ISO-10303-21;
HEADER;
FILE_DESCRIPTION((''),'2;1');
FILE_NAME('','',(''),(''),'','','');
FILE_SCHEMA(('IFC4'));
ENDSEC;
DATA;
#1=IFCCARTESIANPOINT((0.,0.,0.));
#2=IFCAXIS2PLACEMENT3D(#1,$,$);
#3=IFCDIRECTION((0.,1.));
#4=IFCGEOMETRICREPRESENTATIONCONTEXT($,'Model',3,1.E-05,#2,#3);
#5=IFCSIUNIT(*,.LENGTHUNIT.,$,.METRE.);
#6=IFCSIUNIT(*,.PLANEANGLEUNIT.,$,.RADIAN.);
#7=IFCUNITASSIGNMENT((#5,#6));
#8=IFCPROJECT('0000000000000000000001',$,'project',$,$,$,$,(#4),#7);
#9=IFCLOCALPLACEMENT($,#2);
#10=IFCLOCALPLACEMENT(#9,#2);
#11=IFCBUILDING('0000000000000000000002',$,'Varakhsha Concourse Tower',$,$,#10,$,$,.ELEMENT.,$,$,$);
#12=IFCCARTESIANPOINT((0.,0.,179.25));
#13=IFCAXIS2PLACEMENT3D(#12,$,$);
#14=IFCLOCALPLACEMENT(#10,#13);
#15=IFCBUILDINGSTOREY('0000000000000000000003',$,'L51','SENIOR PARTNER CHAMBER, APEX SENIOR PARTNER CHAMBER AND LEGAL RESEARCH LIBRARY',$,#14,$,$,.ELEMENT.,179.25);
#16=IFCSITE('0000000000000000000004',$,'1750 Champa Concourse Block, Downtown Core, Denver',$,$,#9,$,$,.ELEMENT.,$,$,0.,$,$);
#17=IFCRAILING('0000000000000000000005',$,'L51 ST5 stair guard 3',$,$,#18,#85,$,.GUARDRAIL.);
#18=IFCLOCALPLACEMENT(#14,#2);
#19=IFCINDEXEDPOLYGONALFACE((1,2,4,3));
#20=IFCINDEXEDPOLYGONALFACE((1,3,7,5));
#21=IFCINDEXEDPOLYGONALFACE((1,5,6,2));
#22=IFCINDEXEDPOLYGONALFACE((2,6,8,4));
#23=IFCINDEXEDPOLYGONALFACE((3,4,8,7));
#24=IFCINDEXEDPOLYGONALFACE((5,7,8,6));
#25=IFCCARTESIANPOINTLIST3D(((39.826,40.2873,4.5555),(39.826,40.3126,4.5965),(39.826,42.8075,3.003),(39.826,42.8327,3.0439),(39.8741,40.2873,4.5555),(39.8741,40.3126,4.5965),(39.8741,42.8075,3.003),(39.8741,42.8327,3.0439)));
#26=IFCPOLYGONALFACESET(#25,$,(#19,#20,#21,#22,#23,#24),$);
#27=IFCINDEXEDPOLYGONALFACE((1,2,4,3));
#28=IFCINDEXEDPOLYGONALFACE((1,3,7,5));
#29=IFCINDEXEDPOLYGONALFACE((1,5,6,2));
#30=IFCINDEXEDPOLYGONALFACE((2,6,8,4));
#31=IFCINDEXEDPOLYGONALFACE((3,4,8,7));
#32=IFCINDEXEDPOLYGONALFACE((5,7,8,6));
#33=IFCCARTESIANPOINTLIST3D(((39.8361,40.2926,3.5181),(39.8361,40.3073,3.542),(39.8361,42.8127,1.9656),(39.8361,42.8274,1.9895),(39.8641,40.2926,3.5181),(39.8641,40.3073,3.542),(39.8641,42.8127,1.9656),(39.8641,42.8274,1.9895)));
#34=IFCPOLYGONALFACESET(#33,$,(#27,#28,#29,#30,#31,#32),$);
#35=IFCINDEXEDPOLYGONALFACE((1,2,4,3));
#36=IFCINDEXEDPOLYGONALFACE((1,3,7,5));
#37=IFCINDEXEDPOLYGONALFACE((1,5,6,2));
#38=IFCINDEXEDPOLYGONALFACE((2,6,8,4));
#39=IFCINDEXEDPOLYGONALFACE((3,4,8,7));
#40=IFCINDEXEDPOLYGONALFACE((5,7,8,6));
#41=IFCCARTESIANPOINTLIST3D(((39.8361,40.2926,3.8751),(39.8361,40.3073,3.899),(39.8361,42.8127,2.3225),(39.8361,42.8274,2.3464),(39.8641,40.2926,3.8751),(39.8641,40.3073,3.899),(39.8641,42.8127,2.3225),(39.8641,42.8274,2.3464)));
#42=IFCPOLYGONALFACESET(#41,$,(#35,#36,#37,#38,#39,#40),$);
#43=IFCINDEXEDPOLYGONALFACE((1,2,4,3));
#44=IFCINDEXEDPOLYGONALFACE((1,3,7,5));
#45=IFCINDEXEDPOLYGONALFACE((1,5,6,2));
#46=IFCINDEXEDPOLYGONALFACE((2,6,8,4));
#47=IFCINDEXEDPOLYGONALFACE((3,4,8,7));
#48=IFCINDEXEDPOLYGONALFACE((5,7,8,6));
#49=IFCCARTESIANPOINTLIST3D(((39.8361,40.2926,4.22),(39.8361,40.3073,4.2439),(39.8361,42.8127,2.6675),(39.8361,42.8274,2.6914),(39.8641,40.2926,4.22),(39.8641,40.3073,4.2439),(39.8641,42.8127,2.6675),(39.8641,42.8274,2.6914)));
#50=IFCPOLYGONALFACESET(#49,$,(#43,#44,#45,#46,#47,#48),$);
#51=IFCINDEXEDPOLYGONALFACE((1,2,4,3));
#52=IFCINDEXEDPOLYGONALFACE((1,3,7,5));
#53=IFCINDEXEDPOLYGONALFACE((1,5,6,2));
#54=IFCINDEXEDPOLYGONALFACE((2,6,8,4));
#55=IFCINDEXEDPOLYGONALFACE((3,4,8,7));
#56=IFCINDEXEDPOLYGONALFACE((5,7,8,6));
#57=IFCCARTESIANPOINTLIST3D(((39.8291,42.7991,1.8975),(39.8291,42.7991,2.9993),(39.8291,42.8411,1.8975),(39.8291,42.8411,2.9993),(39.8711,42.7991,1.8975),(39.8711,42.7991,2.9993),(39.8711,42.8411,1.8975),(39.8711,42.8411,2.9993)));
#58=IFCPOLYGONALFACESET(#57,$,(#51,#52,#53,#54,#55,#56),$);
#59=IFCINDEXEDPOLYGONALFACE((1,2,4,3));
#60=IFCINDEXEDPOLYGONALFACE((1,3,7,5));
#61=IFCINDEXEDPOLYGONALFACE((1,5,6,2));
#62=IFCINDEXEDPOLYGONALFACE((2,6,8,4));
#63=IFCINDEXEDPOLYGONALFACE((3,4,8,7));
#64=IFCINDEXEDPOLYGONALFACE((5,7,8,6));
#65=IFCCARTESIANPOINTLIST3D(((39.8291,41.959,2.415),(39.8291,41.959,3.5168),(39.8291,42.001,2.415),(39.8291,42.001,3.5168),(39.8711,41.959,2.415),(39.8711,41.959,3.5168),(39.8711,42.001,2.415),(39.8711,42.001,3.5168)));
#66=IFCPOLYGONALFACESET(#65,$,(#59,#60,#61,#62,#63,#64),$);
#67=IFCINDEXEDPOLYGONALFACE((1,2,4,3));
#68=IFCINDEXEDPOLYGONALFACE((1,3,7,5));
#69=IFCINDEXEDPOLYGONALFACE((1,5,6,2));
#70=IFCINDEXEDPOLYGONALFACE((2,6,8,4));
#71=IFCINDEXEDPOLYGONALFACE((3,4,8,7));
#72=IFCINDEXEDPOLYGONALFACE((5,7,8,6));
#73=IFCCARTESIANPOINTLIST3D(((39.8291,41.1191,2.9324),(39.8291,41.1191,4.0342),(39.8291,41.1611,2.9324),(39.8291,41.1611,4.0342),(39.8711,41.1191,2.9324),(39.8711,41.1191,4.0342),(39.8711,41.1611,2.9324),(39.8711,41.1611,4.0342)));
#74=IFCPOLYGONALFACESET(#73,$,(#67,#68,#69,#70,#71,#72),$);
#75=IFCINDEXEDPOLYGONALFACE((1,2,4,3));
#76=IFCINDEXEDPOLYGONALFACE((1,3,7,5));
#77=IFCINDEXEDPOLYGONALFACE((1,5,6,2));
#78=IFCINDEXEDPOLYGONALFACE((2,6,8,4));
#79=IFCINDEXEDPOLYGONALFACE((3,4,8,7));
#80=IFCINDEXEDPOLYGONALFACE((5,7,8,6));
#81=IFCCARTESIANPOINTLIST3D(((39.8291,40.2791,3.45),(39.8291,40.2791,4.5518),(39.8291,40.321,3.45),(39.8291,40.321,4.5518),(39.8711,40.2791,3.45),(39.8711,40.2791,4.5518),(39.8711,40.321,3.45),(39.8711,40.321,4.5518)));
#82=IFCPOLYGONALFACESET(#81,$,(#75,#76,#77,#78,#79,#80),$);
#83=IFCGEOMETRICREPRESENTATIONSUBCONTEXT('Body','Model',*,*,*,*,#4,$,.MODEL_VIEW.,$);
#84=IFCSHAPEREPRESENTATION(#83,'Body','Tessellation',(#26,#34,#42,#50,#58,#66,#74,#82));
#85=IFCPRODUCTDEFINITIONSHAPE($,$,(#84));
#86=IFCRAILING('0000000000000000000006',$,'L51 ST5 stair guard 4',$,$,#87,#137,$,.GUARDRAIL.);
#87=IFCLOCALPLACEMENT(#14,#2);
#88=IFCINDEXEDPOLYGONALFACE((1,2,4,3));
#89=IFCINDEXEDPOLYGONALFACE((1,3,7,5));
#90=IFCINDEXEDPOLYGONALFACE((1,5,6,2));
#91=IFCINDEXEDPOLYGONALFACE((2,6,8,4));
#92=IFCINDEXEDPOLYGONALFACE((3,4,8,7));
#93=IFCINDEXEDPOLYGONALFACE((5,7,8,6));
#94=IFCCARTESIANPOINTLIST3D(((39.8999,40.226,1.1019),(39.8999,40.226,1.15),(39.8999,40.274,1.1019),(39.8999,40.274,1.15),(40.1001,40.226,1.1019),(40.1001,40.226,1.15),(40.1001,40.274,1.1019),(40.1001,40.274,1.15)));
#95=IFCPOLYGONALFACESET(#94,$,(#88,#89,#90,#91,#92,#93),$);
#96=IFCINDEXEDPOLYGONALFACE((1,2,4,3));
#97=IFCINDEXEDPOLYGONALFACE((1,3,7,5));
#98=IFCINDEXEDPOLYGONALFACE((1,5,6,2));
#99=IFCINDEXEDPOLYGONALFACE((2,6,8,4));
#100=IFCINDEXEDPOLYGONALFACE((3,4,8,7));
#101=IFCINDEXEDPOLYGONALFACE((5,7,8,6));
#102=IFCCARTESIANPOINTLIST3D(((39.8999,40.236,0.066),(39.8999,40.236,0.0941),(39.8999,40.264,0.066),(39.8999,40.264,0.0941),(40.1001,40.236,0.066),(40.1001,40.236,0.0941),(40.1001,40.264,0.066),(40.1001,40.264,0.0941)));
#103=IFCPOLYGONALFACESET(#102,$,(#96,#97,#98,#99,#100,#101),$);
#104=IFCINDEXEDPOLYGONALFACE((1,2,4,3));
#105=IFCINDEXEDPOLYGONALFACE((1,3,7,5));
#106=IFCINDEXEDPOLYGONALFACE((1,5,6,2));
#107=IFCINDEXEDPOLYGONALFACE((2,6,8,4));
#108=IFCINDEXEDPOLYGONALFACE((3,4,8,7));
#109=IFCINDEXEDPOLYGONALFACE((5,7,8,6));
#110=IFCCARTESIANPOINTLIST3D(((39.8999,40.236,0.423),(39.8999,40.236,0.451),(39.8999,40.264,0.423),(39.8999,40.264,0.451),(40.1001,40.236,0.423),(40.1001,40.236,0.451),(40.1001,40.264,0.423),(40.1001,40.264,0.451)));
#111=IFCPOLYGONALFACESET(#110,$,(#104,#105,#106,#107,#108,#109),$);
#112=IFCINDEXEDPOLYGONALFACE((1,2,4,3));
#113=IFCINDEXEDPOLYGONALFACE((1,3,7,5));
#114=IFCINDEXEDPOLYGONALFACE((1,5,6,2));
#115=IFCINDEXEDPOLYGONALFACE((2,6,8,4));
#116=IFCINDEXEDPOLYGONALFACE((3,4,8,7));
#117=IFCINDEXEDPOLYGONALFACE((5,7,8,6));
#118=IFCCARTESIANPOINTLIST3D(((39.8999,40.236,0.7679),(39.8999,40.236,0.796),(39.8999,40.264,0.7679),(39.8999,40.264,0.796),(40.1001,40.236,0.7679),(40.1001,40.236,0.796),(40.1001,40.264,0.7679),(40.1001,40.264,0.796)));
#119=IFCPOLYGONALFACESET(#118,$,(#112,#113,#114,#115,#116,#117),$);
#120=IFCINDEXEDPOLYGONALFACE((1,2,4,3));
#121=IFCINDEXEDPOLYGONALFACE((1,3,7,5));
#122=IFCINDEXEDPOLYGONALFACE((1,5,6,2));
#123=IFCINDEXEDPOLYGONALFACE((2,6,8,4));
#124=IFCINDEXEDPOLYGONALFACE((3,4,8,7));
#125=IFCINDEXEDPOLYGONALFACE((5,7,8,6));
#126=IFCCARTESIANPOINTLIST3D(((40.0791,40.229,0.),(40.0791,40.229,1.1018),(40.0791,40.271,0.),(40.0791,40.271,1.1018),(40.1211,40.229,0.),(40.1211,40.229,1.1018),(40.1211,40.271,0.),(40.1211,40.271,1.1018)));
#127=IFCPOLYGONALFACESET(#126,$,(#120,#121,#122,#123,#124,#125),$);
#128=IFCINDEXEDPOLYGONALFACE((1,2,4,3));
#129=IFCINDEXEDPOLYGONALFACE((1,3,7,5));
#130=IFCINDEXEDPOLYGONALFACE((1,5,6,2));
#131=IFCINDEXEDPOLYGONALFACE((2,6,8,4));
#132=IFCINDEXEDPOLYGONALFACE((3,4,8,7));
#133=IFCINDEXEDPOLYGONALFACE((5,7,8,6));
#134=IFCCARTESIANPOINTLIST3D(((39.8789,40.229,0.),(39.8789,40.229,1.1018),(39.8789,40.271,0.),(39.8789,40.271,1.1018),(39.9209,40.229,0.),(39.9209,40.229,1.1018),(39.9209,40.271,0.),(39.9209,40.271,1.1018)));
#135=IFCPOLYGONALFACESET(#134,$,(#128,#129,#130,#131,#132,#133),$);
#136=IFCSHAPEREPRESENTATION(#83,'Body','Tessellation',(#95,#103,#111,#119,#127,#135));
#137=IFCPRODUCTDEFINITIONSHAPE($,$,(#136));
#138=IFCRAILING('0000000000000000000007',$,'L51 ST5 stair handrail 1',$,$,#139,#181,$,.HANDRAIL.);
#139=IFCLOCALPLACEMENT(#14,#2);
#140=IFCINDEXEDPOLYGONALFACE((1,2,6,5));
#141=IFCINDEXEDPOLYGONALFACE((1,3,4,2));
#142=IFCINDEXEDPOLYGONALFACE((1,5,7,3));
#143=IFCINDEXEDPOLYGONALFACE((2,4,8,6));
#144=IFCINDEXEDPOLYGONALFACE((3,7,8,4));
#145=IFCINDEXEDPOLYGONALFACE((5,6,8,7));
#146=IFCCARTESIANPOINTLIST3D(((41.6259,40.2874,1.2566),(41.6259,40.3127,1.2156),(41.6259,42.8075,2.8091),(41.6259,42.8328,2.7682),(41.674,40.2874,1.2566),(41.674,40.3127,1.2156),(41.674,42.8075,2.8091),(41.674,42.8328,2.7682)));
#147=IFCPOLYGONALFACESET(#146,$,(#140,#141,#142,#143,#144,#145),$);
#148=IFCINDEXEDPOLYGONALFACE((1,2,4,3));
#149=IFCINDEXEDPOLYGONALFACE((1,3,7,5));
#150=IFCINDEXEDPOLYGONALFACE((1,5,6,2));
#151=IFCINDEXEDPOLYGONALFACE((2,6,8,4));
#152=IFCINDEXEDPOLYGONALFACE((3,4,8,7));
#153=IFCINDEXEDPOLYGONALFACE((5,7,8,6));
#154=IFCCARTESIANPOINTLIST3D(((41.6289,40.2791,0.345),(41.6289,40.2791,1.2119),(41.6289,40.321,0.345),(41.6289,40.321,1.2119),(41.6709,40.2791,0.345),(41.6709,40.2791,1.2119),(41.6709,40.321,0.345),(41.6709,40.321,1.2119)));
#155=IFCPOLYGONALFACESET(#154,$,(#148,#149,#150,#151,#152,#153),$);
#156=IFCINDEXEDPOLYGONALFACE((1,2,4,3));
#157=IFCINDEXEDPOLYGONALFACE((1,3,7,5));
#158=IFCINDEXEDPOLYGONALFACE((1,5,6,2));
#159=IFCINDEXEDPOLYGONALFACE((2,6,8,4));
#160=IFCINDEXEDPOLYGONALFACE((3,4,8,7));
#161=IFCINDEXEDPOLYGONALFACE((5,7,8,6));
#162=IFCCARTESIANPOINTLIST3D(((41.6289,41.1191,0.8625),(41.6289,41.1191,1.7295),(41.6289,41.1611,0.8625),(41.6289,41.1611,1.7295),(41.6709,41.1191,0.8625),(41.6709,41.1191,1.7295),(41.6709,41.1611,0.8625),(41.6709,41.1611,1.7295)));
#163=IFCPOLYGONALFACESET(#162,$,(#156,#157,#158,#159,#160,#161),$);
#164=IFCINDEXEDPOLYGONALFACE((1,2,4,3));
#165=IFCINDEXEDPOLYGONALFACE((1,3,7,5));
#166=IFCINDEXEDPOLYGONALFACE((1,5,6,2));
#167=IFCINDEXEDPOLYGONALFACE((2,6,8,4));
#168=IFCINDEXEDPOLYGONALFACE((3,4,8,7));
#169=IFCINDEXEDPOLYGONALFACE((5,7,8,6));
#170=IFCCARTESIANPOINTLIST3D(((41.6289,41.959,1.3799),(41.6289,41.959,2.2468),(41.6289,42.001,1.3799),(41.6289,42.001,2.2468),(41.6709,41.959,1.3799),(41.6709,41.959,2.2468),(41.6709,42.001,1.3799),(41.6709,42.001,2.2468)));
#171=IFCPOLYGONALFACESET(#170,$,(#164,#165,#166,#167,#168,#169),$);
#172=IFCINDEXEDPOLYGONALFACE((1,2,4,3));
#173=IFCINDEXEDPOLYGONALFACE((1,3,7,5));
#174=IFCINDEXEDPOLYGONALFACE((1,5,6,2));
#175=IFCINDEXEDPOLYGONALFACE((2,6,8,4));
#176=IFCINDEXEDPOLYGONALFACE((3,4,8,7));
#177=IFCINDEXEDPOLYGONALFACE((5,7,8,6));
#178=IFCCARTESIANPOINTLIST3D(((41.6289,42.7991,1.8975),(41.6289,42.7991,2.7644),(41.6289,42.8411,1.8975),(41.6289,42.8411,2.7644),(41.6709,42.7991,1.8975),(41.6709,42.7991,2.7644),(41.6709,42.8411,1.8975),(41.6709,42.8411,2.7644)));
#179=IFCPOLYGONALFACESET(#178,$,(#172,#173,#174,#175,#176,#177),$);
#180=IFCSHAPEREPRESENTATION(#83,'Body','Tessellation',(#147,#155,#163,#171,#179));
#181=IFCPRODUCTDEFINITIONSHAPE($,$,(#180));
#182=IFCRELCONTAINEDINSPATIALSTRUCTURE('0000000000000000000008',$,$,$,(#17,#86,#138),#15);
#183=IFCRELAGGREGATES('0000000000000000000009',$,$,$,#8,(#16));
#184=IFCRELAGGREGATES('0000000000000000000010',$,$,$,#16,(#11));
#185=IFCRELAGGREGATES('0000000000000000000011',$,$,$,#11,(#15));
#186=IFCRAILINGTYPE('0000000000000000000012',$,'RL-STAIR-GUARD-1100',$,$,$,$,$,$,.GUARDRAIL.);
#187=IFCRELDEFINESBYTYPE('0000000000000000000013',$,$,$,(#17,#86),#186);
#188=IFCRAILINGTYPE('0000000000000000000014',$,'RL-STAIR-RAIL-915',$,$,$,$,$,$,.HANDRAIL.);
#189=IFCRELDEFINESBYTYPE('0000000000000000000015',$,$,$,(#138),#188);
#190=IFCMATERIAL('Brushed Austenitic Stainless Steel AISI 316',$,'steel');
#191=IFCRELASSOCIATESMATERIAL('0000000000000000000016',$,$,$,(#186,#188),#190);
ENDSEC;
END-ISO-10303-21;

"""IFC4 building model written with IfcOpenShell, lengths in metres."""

from ifc_helpers import new_model, si_unit, direction, frame, origin, origin_2d, place, context, subcontext, project, spatial, rectangle, extrude, material, type_object, element, save


model = new_model("IFC4")

# Units and contexts
model_context = context("Model", 3, precision=1e-05, world=origin(), true_north=direction((0.0, 1.0)))
body_context = subcontext(model_context, "Body", "Model", "MODEL_VIEW")
ifc_project = project(units=[si_unit("LENGTHUNIT", "METRE"), si_unit("PLANEANGLEUNIT", "RADIAN")], contexts=[model_context])

# Site, building, storey
site_placement = place(None, origin())
site = spatial("IfcSite", under=ifc_project, at=site_placement, Name="1750 Champa Concourse Block, Downtown Core, Denver", CompositionType="ELEMENT", RefElevation=0.0)
building_placement = place(site_placement, origin())
building = spatial("IfcBuilding", under=site, at=building_placement, Name="Varakhsha Concourse Tower", CompositionType="ELEMENT")
storey_placement = place(building_placement, frame((0.0, 0.0, 179.25)))
storey = spatial("IfcBuildingStorey", under=building, at=storey_placement, Name="L51", Description="SENIOR PARTNER CHAMBER, APEX SENIOR PARTNER CHAMBER AND LEGAL RESEARCH LIBRARY", CompositionType="ELEMENT", Elevation=179.25)

# Railings
ifc_material_1 = material(Name="Brushed Austenitic Stainless Steel AISI 316", Category="steel")
railing_type_1 = type_object("IfcRailingType", Name="RL-STAIR-GUARD-1100", PredefinedType="GUARDRAIL", material=ifc_material_1)
railing_1_placement = place(storey_placement, frame((39.8501, 42.8201, 1.8975)))
element("IfcRailing", 1, at=railing_1_placement, inside=storey, type_object=railing_type_1, Name="L51 ST5 stair guard 3", PredefinedType="GUARDRAIL", context=body_context, shape_type="SweptSolid", body=[
    extrude(rectangle(XDim=0.0481, YDim=0.0481, at=origin_2d()), frame((0.0, 0.0, 1.126), z_axis=(0.0, -0.8514, 0.524516), x_axis=(1.0, 0.0, 0.0)), (0.0, 0.0, 1.0), 2.96),
    extrude(rectangle(XDim=0.0281, YDim=0.0281, at=origin_2d()), frame((0.0, 0.0, 0.0801), z_axis=(0.0, -0.8514, 0.524516), x_axis=(1.0, 0.0, 0.0)), (0.0, 0.0, 1.0), 2.96),
    extrude(rectangle(XDim=0.0281, YDim=0.0281, at=origin_2d()), frame((0.0, 0.0, 0.437), z_axis=(0.0, -0.8514, 0.524516), x_axis=(1.0, 0.0, 0.0)), (0.0, 0.0, 1.0), 2.96),
    extrude(rectangle(XDim=0.0281, YDim=0.0281, at=origin_2d()), frame((0.0, 0.0, 0.782), z_axis=(0.0, -0.8514, 0.524516), x_axis=(1.0, 0.0, 0.0)), (0.0, 0.0, 1.0), 2.96),
    extrude(rectangle(XDim=0.042, YDim=0.042, at=origin_2d()), origin(), (0.0, 0.0, 1.0), 1.1018),
    extrude(rectangle(XDim=0.042, YDim=0.042, at=origin_2d()), frame((0.0, -0.8401, 0.5176)), (0.0, 0.0, 1.0), 1.1018),
    extrude(rectangle(XDim=0.042, YDim=0.042, at=origin_2d()), frame((0.0, -1.6799, 1.0349)), (0.0, 0.0, 1.0), 1.1018),
    extrude(rectangle(XDim=0.042, YDim=0.042, at=origin_2d()), frame((0.0, -2.52, 1.5525)), (0.0, 0.0, 1.0), 1.1018),
])
railing_2_placement = place(storey_placement, frame((40.1001, 40.25, 0.0)))
element("IfcRailing", 2, at=railing_2_placement, inside=storey, type_object=railing_type_1, Name="L51 ST5 stair guard 4", PredefinedType="GUARDRAIL", context=body_context, shape_type="SweptSolid", body=[
    extrude(rectangle(XDim=0.0481, YDim=0.0481, at=origin_2d()), frame((0.0, 0.0, 1.126), z_axis=(-1.0, 0.0, 0.0), x_axis=(0.0, -1.0, 0.0)), (0.0, 0.0, 1.0), 0.2002),
    extrude(rectangle(XDim=0.0281, YDim=0.0281, at=origin_2d()), frame((0.0, 0.0, 0.0801), z_axis=(-1.0, 0.0, 0.0), x_axis=(0.0, -1.0, 0.0)), (0.0, 0.0, 1.0), 0.2002),
    extrude(rectangle(XDim=0.0281, YDim=0.0281, at=origin_2d()), frame((0.0, 0.0, 0.437), z_axis=(-1.0, 0.0, 0.0), x_axis=(0.0, -1.0, 0.0)), (0.0, 0.0, 1.0), 0.2002),
    extrude(rectangle(XDim=0.0281, YDim=0.0281, at=origin_2d()), frame((0.0, 0.0, 0.782), z_axis=(-1.0, 0.0, 0.0), x_axis=(0.0, -1.0, 0.0)), (0.0, 0.0, 1.0), 0.2002),
    extrude(rectangle(XDim=0.042, YDim=0.042, at=origin_2d()), origin(), (0.0, 0.0, 1.0), 1.1018),
    extrude(rectangle(XDim=0.042, YDim=0.042, at=origin_2d()), frame((-0.2002, 0.0, 0.0)), (0.0, 0.0, 1.0), 1.1018),
])
railing_type_2 = type_object("IfcRailingType", Name="RL-STAIR-RAIL-915", PredefinedType="HANDRAIL", material=ifc_material_1)
railing_3_placement = place(storey_placement, frame((41.6499, 40.3, 0.345)))
element("IfcRailing", 3, at=railing_3_placement, inside=storey, type_object=railing_type_2, Name="L51 ST5 stair handrail 1", PredefinedType="HANDRAIL", context=body_context, shape_type="SweptSolid", body=[
    extrude(rectangle(XDim=0.0481, YDim=0.0481, at=origin_2d()), frame((0.0, 0.0, 0.8911), z_axis=(0.0, 0.8514, 0.524516), x_axis=(-1.0, 0.0, 0.0)), (0.0, 0.0, 1.0), 2.96),
    extrude(rectangle(XDim=0.042, YDim=0.042, at=origin_2d()), origin(), (0.0, 0.0, 1.0), 0.8669),
    extrude(rectangle(XDim=0.042, YDim=0.042, at=origin_2d()), frame((0.0, 0.8401, 0.5176)), (0.0, 0.0, 1.0), 0.8669),
    extrude(rectangle(XDim=0.042, YDim=0.042, at=origin_2d()), frame((0.0, 1.6799, 1.0349)), (0.0, 0.0, 1.0), 0.8669),
    extrude(rectangle(XDim=0.042, YDim=0.042, at=origin_2d()), frame((0.0, 2.52, 1.5525)), (0.0, 0.0, 1.0), 0.8669),
])

save(model, "model.ifc")
